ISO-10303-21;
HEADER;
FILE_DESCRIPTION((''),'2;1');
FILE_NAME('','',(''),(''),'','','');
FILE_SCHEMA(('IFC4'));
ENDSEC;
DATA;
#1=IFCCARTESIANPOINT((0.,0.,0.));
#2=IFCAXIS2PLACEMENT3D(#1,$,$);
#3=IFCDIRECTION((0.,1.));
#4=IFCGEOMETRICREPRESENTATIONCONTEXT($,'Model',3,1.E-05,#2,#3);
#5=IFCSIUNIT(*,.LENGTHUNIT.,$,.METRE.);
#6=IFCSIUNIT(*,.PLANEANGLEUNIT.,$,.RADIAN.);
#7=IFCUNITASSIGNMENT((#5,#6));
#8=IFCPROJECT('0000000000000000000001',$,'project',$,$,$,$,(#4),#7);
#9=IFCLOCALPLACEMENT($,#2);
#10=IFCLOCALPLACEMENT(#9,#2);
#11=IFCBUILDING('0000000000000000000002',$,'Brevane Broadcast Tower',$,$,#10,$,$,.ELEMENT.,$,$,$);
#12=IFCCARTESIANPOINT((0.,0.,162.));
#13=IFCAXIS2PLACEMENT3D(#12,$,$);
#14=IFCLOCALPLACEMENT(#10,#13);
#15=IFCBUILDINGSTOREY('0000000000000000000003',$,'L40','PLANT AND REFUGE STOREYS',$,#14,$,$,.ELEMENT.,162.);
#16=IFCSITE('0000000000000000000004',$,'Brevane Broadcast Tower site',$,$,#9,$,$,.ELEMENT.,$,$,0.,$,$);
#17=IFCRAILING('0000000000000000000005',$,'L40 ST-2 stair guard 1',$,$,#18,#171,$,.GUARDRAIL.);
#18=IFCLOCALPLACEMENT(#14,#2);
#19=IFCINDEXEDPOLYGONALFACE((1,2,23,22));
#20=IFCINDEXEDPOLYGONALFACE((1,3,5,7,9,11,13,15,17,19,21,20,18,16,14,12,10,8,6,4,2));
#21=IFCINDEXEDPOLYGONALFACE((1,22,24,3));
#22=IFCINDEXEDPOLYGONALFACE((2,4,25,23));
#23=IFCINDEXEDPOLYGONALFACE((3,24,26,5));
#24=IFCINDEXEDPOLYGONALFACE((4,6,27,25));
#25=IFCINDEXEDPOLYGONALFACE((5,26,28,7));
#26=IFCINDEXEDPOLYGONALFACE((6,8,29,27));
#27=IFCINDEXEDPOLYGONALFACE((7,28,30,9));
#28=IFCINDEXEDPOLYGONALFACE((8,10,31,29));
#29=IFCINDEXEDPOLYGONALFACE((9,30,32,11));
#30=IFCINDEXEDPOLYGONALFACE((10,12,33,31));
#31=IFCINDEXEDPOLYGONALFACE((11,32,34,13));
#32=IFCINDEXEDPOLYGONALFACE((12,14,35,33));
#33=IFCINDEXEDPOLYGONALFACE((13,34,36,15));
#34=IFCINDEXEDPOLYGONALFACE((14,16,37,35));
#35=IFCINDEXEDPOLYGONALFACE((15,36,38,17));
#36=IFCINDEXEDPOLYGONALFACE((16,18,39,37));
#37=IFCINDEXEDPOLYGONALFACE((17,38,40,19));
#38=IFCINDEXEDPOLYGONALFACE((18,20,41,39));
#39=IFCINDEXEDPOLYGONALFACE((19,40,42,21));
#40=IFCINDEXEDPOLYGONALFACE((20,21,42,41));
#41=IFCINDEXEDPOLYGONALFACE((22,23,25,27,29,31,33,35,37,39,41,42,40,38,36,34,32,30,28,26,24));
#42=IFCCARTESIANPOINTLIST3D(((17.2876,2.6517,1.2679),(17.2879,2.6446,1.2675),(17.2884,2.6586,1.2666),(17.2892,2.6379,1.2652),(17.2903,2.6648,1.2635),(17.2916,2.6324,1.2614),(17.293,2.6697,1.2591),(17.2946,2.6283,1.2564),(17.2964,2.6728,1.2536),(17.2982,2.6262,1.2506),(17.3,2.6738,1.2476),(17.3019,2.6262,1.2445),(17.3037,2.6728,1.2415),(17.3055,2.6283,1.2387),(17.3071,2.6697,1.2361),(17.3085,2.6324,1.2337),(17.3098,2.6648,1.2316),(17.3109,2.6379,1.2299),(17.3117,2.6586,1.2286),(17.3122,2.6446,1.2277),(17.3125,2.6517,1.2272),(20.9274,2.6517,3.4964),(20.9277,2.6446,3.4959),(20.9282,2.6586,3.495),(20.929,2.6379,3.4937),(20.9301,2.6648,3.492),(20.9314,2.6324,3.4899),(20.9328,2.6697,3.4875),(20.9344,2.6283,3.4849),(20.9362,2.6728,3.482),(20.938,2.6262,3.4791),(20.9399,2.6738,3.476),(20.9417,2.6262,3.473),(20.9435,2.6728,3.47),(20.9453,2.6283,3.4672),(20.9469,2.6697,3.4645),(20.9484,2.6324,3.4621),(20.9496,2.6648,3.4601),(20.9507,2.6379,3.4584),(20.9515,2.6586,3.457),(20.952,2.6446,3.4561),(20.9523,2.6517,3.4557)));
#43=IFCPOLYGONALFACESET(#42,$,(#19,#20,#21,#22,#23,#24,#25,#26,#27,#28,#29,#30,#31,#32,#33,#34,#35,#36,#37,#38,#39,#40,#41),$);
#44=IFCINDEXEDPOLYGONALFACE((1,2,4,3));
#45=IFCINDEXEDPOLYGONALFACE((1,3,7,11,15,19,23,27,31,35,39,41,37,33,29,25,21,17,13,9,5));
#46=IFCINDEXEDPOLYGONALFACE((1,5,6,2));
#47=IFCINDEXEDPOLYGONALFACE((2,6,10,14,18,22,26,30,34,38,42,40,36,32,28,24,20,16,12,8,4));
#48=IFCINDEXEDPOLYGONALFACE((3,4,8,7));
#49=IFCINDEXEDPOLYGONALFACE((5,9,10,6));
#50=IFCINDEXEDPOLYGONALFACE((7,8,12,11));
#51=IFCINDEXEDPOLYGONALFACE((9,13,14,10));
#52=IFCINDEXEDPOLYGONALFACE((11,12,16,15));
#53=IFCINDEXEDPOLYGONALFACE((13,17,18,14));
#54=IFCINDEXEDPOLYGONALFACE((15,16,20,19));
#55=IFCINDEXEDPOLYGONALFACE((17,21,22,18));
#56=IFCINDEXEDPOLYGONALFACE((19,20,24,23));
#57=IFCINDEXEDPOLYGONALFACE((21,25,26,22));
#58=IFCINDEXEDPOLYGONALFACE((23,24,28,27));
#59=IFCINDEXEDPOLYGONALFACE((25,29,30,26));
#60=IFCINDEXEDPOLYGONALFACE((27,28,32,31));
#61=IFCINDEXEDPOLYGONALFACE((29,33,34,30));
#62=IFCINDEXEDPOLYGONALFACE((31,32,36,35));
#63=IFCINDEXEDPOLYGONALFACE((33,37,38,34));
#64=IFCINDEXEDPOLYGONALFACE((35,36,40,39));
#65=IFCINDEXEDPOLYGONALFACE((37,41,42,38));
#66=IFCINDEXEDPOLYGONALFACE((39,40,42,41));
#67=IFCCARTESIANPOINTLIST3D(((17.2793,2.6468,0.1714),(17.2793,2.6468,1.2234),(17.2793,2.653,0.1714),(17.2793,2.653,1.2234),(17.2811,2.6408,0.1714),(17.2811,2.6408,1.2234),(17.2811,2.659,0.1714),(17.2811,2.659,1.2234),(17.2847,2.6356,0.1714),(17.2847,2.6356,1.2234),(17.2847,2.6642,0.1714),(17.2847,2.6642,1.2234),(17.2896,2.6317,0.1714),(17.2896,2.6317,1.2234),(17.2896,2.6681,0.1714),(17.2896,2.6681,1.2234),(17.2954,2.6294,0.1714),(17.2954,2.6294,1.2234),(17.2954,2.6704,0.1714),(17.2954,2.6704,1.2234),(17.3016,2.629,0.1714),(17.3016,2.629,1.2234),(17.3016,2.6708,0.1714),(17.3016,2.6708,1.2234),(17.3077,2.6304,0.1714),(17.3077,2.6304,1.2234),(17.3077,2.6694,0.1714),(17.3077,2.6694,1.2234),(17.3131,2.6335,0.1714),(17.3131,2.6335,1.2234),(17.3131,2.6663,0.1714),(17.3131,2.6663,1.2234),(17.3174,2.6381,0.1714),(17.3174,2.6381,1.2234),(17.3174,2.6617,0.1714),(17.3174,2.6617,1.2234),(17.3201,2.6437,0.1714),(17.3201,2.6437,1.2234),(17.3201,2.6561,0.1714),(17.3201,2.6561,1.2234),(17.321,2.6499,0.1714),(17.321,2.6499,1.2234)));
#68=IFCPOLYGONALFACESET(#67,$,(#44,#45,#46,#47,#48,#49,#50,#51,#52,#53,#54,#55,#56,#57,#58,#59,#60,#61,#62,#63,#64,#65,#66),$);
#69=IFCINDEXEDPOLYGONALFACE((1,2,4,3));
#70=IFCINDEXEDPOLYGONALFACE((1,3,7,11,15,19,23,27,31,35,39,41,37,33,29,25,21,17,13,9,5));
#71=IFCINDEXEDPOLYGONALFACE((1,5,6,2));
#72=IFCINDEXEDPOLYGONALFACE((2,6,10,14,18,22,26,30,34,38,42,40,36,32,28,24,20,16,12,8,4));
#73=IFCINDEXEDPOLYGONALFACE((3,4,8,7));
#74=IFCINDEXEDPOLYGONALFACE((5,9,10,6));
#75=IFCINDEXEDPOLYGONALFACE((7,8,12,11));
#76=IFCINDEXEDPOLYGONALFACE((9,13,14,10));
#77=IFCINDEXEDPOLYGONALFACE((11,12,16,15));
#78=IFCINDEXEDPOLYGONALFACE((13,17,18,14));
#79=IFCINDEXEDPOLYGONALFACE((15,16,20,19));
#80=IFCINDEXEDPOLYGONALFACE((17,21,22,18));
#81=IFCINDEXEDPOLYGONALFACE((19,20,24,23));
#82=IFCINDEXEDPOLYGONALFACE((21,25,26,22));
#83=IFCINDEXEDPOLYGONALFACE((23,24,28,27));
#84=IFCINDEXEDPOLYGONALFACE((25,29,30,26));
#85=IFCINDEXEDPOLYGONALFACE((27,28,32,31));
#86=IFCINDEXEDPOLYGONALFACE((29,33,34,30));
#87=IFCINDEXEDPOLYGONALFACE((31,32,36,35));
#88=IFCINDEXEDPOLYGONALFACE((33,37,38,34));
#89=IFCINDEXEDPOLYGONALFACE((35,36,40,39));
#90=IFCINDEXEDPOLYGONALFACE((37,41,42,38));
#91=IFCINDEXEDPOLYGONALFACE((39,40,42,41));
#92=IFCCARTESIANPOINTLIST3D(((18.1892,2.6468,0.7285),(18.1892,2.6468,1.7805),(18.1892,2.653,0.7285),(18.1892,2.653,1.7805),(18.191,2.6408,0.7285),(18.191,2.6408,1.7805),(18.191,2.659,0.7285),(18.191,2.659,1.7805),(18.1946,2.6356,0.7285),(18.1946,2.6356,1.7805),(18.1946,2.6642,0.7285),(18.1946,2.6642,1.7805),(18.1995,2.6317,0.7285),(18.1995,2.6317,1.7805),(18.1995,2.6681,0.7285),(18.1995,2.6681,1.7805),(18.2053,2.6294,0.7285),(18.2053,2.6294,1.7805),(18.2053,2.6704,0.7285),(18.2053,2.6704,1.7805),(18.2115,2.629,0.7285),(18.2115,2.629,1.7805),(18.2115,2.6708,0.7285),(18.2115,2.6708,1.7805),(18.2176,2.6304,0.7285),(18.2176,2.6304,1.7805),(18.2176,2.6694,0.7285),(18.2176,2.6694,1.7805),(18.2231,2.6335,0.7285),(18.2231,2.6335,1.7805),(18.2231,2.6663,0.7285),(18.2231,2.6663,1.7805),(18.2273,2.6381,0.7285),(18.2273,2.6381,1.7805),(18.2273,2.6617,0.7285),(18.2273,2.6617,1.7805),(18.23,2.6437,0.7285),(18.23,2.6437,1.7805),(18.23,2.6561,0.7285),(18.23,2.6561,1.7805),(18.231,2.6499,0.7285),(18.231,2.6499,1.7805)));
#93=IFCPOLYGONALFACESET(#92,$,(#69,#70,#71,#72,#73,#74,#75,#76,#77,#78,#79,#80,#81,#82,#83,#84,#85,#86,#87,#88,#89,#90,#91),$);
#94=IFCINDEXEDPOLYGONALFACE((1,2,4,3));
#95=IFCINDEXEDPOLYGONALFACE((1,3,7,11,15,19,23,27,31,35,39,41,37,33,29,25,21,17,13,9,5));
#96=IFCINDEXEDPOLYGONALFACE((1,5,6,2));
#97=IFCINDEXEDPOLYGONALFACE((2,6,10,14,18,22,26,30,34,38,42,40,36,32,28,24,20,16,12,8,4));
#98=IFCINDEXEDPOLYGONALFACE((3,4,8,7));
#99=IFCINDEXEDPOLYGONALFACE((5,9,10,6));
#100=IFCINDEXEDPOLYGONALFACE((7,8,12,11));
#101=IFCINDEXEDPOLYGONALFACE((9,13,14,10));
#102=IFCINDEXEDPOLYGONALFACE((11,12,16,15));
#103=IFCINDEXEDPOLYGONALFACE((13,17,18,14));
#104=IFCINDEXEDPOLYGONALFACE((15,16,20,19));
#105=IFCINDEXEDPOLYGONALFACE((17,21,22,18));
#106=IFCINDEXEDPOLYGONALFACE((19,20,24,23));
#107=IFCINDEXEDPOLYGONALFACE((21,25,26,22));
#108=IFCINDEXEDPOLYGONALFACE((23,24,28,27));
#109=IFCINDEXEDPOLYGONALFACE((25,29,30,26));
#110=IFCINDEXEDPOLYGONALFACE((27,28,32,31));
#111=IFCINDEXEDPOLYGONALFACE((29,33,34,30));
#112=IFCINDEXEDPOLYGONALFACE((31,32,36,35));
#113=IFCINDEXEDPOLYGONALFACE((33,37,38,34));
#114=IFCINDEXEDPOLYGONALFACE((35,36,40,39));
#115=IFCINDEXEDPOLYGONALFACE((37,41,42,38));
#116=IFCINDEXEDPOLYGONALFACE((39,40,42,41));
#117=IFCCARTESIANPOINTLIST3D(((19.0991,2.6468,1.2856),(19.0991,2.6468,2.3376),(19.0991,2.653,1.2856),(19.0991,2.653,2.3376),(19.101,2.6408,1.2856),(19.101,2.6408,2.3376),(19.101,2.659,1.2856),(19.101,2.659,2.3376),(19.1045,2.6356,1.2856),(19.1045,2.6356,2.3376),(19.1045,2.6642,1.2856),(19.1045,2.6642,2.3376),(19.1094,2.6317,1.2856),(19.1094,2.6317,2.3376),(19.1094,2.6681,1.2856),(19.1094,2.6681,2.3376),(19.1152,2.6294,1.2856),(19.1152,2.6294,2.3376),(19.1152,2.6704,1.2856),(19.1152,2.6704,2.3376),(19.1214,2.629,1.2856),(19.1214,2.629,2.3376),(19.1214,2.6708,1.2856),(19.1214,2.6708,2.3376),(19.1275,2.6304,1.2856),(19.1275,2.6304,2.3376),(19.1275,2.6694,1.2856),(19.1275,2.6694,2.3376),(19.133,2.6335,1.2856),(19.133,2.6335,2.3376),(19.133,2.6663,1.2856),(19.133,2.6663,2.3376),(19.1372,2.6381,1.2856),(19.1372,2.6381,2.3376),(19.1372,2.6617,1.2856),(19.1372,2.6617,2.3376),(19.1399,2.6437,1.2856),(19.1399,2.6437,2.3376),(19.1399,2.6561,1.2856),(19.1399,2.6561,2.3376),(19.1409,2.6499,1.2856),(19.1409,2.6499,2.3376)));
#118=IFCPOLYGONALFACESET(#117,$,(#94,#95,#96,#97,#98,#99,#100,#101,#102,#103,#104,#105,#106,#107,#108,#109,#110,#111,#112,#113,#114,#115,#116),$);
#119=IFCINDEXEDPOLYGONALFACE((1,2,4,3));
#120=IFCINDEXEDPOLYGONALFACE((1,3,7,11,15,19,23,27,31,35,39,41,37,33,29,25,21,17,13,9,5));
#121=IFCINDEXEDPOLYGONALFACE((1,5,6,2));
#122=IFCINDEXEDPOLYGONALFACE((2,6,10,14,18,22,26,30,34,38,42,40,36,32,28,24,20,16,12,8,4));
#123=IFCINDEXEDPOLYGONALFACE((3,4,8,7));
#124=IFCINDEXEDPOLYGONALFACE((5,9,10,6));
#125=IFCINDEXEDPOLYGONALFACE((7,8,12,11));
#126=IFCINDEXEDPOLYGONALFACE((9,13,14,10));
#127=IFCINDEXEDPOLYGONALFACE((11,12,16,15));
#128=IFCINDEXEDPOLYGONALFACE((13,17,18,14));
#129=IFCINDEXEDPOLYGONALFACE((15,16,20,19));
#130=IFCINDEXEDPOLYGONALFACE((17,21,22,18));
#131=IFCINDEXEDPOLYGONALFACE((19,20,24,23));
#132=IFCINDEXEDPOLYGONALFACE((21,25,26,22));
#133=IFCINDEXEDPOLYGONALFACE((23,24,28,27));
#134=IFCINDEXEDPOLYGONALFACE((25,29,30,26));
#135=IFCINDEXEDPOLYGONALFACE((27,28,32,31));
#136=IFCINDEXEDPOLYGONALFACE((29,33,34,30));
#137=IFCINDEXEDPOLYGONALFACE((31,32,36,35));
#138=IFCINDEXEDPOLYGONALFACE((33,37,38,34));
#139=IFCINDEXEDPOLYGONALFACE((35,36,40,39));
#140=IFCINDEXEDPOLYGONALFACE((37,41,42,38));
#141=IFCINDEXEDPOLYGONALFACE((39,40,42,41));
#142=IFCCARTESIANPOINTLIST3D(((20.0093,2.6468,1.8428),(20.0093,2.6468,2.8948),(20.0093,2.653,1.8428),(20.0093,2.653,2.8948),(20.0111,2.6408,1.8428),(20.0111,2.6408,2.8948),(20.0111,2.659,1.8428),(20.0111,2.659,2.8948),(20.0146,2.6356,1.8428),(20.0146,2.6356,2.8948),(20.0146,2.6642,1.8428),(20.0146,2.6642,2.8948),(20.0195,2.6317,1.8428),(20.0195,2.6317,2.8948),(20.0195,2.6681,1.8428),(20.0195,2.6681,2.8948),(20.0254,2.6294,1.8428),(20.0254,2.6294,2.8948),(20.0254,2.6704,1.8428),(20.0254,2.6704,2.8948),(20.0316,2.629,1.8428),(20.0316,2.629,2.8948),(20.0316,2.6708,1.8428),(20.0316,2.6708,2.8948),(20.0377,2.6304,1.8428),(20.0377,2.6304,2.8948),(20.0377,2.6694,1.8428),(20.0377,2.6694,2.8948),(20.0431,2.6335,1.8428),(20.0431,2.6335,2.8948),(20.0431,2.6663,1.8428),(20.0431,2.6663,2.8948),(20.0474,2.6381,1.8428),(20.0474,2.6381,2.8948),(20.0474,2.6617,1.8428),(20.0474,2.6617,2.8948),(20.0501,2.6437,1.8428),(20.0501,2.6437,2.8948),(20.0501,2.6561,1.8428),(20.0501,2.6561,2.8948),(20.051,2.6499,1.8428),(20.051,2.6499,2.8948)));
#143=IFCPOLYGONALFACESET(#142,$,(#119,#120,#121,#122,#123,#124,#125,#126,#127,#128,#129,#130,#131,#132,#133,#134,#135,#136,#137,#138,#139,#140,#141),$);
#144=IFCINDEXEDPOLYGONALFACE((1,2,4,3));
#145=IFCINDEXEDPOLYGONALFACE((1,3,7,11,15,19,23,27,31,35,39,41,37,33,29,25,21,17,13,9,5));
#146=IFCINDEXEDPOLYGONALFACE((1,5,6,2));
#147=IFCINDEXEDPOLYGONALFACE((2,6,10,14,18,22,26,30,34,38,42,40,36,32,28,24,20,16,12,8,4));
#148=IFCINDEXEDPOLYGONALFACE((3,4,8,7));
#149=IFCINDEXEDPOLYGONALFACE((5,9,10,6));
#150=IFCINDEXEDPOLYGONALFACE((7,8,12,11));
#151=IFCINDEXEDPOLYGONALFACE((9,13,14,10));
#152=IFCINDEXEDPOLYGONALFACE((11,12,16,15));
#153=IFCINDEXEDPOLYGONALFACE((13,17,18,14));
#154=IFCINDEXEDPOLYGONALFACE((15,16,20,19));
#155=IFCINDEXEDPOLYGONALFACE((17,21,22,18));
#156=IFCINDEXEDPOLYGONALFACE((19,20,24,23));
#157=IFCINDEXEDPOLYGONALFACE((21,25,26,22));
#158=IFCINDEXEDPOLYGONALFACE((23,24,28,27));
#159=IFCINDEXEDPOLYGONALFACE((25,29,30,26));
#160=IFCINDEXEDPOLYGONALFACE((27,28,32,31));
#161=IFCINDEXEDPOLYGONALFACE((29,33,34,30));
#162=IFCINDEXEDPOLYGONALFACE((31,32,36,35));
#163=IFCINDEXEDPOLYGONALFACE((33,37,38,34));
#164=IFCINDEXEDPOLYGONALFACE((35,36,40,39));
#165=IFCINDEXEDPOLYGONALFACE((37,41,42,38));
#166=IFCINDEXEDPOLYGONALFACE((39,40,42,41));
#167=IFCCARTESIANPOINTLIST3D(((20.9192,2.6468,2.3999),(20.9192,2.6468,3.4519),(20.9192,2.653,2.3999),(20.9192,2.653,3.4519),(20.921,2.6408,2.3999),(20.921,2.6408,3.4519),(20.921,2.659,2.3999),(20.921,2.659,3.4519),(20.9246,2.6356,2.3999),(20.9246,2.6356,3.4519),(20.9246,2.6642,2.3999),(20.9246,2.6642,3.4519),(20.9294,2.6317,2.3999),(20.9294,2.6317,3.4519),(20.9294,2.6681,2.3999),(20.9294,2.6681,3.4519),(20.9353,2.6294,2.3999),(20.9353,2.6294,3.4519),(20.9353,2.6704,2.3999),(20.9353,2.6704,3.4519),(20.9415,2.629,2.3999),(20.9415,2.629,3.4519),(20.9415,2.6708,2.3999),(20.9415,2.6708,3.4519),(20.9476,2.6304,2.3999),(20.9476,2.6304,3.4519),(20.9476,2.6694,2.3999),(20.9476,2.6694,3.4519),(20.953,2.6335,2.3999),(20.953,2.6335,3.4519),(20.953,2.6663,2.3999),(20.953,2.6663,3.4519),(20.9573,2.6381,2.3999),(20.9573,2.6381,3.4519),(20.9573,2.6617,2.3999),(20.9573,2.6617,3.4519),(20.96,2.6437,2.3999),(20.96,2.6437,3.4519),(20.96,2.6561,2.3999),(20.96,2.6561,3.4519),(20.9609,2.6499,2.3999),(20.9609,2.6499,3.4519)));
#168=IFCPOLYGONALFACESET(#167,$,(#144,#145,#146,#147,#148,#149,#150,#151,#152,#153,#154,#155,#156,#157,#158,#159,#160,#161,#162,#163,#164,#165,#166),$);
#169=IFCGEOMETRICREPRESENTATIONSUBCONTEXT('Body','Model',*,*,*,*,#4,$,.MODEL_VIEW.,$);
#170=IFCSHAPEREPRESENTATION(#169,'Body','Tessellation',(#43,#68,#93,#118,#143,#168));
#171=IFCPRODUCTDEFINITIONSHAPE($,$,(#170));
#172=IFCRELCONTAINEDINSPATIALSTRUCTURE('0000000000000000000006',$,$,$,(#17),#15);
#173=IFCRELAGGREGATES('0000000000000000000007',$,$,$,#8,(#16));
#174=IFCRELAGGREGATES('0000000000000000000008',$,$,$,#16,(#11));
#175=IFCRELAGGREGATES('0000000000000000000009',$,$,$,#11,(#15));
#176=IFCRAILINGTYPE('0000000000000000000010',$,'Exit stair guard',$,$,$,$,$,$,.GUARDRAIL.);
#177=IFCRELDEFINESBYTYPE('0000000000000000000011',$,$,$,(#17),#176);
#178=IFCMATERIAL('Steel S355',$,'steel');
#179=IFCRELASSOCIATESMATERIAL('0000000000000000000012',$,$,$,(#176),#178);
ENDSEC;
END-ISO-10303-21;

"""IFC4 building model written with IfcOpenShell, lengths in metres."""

from ifc_helpers import new_model, si_unit, direction, frame, origin, origin_2d, place, context, subcontext, project, spatial, circle, extrude, material, type_object, element, save


model = new_model("IFC4")

# Units and contexts
model_context = context("Model", 3, precision=1e-05, world=origin(), true_north=direction((0.0, 1.0)))
body_context = subcontext(model_context, "Body", "Model", "MODEL_VIEW")
ifc_project = project(units=[si_unit("LENGTHUNIT", "METRE"), si_unit("PLANEANGLEUNIT", "RADIAN")], contexts=[model_context])

# Site, building, storey
site_placement = place(None, origin())
site = spatial("IfcSite", under=ifc_project, at=site_placement, Name="Brevane Broadcast Tower site", CompositionType="ELEMENT", RefElevation=0.0)
building_placement = place(site_placement, origin())
building = spatial("IfcBuilding", under=site, at=building_placement, Name="Brevane Broadcast Tower", CompositionType="ELEMENT")
storey_placement = place(building_placement, frame((0.0, 0.0, 162.0)))
storey = spatial("IfcBuildingStorey", under=building, at=storey_placement, Name="L40", Description="PLANT AND REFUGE STOREYS", CompositionType="ELEMENT", Elevation=162.0)

# Railing
ifc_material_1 = material(Name="Steel S355", Category="steel")
railing_type_1 = type_object("IfcRailingType", Name="Exit stair guard", PredefinedType="GUARDRAIL", material=ifc_material_1)
railing_1_placement = place(storey_placement, frame((17.3, 2.6499, 0.1714)))
element("IfcRailing", 1, at=railing_1_placement, inside=storey, type_object=railing_type_1, Name="L40 ST-2 stair guard 1", PredefinedType="GUARDRAIL", context=body_context, shape_type="SweptSolid", body=[
    extrude(circle(Radius=0.0239, at=origin_2d()), frame((0.0, 0.0, 1.0762), z_axis=(0.85285, 0.0, 0.522156), x_axis=(0.0, 1.0, 0.0)), (0.0, 0.0, 1.0), 4.2678),
    extrude(circle(Radius=0.021, at=origin_2d()), origin(), (0.0, 0.0, 1.0), 1.052),
    extrude(circle(Radius=0.021, at=origin_2d()), frame((0.9099, 0.0, 0.5571)), (0.0, 0.0, 1.0), 1.052),
    extrude(circle(Radius=0.021, at=origin_2d()), frame((1.8198, 0.0, 1.1143)), (0.0, 0.0, 1.0), 1.052),
    extrude(circle(Radius=0.021, at=origin_2d()), frame((2.73, 0.0, 1.6714)), (0.0, 0.0, 1.0), 1.052),
    extrude(circle(Radius=0.021, at=origin_2d()), frame((3.6399, 0.0, 2.2285)), (0.0, 0.0, 1.0), 1.052),
])

save(model, "model.ifc")
